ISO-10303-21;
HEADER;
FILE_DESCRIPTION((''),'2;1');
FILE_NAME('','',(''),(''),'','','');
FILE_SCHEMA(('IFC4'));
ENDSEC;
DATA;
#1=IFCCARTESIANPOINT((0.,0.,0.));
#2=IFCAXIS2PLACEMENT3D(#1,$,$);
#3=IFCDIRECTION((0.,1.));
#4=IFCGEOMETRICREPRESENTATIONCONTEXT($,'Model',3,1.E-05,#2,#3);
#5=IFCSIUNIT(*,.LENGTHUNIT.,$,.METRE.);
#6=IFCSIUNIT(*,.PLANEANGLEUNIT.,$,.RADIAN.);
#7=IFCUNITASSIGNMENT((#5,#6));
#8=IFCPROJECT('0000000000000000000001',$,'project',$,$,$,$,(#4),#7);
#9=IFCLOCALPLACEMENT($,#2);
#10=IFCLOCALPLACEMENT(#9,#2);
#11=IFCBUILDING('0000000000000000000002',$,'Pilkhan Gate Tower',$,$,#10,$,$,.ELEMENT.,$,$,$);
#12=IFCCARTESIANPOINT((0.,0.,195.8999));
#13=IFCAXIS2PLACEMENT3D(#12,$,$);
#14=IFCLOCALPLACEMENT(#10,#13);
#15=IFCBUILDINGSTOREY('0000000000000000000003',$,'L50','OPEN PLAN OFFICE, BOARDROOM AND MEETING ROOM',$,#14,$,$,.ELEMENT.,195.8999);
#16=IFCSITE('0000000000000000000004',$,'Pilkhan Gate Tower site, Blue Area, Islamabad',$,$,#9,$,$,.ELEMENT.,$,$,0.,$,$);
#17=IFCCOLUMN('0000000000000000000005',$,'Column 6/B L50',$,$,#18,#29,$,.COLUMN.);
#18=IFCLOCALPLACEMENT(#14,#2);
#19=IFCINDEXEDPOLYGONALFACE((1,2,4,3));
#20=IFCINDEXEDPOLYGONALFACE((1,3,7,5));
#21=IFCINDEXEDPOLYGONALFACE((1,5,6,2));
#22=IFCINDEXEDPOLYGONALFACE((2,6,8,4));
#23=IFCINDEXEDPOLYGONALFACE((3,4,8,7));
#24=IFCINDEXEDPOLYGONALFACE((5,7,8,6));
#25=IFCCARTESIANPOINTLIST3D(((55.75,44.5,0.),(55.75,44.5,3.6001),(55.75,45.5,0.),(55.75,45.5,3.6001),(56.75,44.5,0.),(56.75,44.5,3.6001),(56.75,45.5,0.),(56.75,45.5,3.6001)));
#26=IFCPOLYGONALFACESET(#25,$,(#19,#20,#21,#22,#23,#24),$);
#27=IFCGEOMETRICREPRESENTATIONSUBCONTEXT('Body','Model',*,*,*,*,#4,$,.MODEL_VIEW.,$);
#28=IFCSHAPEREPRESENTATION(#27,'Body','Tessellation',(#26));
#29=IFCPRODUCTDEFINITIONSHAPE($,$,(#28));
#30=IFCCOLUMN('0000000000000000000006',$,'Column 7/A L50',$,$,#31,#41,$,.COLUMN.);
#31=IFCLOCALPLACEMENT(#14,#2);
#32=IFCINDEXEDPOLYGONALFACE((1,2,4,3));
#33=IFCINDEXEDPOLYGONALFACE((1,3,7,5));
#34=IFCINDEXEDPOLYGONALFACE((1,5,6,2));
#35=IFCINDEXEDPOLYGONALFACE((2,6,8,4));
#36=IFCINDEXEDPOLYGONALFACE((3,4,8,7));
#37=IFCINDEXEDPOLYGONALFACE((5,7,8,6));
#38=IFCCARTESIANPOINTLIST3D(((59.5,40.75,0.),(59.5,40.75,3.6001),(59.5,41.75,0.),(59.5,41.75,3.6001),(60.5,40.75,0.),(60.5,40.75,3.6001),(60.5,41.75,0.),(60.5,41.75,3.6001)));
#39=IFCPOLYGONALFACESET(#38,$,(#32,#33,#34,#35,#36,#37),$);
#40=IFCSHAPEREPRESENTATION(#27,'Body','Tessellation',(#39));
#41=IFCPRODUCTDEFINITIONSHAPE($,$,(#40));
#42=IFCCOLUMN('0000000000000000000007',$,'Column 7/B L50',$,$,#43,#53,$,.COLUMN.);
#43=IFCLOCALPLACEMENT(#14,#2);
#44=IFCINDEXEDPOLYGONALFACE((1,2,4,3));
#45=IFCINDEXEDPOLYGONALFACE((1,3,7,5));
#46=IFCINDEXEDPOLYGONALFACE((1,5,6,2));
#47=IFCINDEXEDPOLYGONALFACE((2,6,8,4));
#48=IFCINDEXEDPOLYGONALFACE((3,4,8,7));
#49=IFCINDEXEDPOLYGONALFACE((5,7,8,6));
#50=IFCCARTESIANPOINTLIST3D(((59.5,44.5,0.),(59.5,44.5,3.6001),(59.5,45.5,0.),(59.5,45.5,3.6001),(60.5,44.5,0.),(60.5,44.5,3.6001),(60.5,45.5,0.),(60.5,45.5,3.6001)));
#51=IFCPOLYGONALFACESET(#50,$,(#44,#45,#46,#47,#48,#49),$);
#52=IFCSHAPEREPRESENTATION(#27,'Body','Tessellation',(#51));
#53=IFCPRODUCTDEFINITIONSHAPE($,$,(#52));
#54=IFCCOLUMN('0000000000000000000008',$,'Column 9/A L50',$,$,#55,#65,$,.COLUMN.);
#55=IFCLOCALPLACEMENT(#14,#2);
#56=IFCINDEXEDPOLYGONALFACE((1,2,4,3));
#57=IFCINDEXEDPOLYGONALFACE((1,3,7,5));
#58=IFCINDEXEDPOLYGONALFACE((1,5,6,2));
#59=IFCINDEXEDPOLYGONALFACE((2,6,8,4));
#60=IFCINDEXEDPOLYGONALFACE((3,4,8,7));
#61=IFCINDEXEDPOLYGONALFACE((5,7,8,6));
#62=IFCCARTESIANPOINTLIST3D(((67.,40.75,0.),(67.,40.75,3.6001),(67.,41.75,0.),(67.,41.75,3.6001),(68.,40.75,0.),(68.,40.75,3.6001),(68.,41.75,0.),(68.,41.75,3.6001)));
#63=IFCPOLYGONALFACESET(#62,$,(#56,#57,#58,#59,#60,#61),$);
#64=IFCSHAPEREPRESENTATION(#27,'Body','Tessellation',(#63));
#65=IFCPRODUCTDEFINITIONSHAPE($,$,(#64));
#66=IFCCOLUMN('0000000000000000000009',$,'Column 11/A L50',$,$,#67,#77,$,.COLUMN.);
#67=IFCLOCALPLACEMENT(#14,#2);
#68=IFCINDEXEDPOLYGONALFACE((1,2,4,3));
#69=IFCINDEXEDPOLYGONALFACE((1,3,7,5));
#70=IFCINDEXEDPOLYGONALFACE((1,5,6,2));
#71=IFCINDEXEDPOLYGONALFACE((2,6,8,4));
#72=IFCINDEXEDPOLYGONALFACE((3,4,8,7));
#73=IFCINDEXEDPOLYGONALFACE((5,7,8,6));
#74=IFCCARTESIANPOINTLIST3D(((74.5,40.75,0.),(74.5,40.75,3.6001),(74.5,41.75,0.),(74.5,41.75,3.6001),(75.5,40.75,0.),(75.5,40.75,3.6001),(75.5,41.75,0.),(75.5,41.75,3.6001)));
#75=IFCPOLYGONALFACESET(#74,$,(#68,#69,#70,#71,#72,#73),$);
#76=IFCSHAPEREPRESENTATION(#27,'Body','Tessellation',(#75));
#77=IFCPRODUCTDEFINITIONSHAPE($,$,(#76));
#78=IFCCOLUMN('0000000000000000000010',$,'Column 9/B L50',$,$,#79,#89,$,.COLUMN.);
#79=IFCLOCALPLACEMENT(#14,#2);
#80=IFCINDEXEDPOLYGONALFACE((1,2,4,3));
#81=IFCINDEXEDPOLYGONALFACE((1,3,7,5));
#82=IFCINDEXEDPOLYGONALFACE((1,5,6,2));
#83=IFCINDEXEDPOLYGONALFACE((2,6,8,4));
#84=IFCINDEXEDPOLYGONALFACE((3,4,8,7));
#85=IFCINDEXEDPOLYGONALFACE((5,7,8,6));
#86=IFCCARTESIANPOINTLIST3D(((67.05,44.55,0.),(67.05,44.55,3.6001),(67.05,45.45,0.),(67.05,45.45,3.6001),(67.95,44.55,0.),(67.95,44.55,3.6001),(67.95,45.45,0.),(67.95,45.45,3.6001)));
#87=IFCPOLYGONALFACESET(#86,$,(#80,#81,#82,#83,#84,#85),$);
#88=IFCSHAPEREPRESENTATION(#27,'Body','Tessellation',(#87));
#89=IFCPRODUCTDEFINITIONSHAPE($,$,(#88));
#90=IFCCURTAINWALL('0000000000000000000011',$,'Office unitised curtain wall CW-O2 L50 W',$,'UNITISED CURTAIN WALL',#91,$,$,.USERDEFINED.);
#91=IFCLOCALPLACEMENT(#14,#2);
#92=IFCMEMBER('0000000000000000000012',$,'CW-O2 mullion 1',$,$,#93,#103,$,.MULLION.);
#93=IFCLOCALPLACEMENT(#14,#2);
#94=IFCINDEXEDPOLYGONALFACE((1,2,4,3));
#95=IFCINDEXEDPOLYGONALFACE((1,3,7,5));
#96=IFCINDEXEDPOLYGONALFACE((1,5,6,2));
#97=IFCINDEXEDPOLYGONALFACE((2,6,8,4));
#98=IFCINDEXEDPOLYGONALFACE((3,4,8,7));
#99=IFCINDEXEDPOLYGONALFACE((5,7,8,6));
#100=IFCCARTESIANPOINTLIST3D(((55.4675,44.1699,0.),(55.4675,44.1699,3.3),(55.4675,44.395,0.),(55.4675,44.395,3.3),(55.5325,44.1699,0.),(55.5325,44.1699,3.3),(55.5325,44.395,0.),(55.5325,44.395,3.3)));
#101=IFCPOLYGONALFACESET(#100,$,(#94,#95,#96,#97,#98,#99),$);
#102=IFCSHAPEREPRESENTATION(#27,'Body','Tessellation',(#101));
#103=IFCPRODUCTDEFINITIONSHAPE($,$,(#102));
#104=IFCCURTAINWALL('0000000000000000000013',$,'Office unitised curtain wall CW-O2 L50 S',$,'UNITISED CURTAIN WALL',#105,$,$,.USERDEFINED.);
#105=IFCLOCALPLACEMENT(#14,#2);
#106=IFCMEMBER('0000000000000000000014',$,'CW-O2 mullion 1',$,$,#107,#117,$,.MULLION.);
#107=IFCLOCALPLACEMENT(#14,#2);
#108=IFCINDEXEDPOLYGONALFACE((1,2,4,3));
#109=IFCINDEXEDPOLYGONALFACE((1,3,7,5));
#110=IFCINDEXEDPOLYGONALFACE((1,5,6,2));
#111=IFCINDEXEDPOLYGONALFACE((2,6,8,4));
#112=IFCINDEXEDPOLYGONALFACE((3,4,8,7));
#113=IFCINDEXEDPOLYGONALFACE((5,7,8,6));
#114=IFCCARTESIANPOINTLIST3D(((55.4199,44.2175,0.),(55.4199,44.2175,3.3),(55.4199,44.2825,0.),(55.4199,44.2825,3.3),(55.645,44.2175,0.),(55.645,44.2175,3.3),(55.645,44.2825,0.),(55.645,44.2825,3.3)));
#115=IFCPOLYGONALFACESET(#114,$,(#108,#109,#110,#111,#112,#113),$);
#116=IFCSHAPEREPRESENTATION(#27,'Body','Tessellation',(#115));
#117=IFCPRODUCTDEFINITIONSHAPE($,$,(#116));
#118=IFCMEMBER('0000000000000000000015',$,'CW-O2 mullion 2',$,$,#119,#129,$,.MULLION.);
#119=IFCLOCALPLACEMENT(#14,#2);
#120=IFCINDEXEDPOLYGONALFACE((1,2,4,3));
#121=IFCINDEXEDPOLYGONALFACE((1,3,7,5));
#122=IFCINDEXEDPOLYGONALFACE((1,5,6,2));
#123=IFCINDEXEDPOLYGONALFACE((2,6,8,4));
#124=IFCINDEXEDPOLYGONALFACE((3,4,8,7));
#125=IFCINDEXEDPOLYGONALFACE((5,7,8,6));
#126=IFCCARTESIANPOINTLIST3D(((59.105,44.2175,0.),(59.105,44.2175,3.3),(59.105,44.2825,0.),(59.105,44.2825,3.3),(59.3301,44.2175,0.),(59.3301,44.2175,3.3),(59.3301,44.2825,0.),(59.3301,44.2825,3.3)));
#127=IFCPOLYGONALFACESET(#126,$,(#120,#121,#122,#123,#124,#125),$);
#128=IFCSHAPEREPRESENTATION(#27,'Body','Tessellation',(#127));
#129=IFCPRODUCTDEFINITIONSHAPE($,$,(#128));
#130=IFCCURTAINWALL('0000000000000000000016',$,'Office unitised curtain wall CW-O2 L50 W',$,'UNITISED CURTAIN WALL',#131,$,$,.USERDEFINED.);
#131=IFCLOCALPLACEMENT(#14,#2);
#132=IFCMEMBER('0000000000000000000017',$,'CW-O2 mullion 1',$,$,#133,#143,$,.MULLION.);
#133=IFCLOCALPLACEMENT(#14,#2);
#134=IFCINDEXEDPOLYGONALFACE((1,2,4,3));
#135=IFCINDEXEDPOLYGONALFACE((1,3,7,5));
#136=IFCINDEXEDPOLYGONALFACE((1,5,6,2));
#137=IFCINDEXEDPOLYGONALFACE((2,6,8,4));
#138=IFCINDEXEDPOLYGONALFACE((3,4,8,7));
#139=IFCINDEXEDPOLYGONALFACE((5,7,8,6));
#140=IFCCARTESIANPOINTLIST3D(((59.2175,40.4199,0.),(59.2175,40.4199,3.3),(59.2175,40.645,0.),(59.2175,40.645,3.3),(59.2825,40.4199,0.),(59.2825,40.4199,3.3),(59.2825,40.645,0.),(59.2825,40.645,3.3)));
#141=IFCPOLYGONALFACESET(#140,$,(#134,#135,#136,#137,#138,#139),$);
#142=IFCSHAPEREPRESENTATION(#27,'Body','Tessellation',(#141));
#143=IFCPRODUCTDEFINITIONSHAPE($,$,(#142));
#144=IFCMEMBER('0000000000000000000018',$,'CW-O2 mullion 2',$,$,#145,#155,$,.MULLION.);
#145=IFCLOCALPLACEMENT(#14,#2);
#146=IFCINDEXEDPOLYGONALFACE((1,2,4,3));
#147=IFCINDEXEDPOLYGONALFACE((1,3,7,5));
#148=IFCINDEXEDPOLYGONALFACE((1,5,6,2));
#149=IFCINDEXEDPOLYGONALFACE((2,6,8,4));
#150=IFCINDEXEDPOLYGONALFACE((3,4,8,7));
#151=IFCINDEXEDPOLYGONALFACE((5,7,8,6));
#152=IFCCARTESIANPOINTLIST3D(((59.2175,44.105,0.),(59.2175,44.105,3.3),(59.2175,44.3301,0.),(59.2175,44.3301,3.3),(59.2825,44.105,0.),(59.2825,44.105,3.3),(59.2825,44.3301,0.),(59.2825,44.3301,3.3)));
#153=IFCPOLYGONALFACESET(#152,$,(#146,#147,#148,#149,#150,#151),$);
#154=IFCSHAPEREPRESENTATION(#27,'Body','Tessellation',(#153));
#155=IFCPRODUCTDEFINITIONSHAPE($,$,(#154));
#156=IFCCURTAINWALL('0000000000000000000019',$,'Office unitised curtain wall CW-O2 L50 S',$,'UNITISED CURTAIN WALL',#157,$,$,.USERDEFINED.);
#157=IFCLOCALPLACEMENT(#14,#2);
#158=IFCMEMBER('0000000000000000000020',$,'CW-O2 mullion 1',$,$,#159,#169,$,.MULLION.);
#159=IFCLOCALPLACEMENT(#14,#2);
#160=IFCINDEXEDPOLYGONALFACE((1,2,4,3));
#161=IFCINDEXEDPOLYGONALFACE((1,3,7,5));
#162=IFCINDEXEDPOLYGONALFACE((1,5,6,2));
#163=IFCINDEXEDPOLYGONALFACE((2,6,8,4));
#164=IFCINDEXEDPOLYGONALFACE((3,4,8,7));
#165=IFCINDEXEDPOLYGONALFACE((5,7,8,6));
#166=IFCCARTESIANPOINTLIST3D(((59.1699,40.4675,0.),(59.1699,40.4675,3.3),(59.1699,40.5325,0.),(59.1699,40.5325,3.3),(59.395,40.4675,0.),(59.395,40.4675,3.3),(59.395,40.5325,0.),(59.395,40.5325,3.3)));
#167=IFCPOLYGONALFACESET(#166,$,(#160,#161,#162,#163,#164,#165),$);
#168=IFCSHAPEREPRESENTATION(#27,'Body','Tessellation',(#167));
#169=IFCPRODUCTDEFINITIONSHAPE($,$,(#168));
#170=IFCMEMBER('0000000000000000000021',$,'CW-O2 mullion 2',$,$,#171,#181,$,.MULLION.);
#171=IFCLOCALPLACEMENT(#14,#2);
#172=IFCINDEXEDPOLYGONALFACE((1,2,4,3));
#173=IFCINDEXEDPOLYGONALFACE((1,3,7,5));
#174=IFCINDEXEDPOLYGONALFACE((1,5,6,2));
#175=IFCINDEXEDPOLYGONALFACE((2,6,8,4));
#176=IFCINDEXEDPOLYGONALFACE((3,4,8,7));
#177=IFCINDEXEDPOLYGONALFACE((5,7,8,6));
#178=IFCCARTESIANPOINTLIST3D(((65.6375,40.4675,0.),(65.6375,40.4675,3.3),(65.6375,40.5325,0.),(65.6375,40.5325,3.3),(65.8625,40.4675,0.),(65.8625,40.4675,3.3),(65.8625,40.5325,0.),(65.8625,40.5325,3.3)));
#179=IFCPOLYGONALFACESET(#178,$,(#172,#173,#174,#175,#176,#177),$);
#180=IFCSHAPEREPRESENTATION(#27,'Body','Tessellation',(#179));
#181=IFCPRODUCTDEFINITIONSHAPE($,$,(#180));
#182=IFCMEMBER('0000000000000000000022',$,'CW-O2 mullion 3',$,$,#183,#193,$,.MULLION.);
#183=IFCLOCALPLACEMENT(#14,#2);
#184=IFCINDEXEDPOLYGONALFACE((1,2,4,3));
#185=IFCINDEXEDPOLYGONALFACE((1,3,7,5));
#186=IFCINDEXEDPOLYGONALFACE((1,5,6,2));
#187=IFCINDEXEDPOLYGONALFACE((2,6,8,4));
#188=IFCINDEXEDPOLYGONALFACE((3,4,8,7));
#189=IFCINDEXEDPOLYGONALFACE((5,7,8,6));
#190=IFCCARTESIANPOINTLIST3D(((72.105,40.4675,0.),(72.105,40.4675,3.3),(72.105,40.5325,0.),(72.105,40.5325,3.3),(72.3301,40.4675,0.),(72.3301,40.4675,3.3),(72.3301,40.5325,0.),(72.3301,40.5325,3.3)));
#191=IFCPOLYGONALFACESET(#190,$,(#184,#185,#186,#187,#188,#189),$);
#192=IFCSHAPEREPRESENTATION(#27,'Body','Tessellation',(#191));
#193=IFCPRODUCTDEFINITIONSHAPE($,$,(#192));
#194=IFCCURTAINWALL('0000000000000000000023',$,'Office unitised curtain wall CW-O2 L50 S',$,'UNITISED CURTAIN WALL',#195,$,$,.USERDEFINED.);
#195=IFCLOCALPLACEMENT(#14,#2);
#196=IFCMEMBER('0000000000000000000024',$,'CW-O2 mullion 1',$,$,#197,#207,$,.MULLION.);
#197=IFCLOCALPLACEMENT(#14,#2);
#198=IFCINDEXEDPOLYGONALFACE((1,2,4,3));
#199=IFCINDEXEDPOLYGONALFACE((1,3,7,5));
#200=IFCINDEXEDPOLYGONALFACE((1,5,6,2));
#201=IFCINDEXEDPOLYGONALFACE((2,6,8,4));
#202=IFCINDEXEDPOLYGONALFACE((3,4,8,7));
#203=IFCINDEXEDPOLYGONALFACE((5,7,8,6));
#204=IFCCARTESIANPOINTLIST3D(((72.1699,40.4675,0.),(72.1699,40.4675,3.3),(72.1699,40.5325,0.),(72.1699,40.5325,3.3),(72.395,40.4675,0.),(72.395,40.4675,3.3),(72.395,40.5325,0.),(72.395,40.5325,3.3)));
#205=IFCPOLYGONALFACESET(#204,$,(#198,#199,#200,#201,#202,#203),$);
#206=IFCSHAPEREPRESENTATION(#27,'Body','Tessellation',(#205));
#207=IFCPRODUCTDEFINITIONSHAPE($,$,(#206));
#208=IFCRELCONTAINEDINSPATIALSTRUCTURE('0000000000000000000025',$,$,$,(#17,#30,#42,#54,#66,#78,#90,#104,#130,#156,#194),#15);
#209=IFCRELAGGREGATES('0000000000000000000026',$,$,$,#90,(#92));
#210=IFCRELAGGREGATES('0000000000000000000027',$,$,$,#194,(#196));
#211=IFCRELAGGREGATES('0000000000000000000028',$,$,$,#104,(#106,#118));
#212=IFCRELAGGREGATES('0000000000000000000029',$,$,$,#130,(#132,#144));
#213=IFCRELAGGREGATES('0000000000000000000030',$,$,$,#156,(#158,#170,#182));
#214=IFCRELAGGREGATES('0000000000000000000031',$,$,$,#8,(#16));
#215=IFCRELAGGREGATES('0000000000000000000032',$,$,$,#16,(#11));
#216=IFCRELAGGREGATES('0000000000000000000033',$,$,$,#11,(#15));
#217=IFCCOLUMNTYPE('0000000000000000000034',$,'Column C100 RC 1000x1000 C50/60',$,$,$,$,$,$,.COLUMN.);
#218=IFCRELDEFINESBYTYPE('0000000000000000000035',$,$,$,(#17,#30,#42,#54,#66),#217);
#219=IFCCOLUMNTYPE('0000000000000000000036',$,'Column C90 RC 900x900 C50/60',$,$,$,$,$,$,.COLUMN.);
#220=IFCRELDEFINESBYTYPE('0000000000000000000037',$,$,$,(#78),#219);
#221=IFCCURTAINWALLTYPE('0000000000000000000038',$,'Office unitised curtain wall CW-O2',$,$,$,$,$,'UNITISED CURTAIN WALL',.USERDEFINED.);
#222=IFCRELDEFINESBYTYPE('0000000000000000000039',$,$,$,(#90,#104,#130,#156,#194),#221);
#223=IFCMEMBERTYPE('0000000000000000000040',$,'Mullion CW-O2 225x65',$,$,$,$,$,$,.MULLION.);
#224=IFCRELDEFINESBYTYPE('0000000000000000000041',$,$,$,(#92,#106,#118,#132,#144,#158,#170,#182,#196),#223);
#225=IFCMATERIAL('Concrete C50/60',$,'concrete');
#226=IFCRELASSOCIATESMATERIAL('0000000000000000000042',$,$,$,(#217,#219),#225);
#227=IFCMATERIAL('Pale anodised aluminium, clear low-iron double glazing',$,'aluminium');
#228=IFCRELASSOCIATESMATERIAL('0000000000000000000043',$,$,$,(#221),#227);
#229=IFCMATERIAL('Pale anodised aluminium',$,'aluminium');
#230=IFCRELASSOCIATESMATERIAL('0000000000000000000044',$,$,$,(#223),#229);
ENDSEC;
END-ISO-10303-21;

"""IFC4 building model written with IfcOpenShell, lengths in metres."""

from ifc_helpers import new_model, si_unit, direction, frame, origin, origin_2d, place, context, subcontext, project, spatial, rectangle, extrude, material, material_profile, profile_set, type_object, element, aggregate, save


model = new_model("IFC4")

# Units and contexts
model_context = context("Model", 3, precision=1e-05, world=origin(), true_north=direction((0.0, 1.0)))
body_context = subcontext(model_context, "Body", "Model", "MODEL_VIEW")
ifc_project = project(units=[si_unit("LENGTHUNIT", "METRE"), si_unit("PLANEANGLEUNIT", "RADIAN")], contexts=[model_context])

# Site, building, storey
site_placement = place(None, origin())
site = spatial("IfcSite", under=ifc_project, at=site_placement, Name="Pilkhan Gate Tower site, Blue Area, Islamabad", CompositionType="ELEMENT", RefElevation=0.0)
building_placement = place(site_placement, origin())
building = spatial("IfcBuilding", under=site, at=building_placement, Name="Pilkhan Gate Tower", CompositionType="ELEMENT")
storey_placement = place(building_placement, frame((0.0, 0.0, 195.8999)))
storey = spatial("IfcBuildingStorey", under=building, at=storey_placement, Name="L50", Description="OPEN PLAN OFFICE, BOARDROOM AND MEETING ROOM", CompositionType="ELEMENT", Elevation=195.8999)

# Columns
ifc_material_1 = material(Name="Concrete C50/60", Category="concrete")
ifc_material_profile_1 = material_profile(ifc_material_1, rectangle(XDim=1.0, YDim=1.0, at=origin_2d()), Name="RC 1000x1000")
ifc_profile_set_1 = profile_set([ifc_material_profile_1], Name="Concrete C50/60")
column_type_1 = type_object("IfcColumnType", Name="Column C100 RC 1000x1000 C50/60", PredefinedType="COLUMN", material=ifc_profile_set_1)
for number, where, z_axis, x_axis, name in (
    (1, (56.25, 45.0, 0.0), (0.0, 0.0, 1.0), (1.0, 0.0, 0.0), "Column 6/B L50"),
    (2, (60.0, 41.25, 0.0), (0.0, 0.0, 1.0), (1.0, 0.0, 0.0), "Column 7/A L50"),
    (3, (60.0, 45.0, 0.0), (0.0, 0.0, 1.0), (1.0, 0.0, 0.0), "Column 7/B L50"),
    (4, (67.5, 41.25, 0.0), (0.0, 0.0, 1.0), (1.0, 0.0, 0.0), "Column 9/A L50"),
    (5, (75.0, 41.25, 0.0), (0.0, 0.0, 1.0), (1.0, 0.0, 0.0), "Column 11/A L50"),
):
    element("IfcColumn", number, at=place(storey_placement, frame(where, z_axis=z_axis, x_axis=x_axis)), inside=storey, type_object=column_type_1, Name=name, PredefinedType="COLUMN", context=body_context, shape_type="SweptSolid", body=[
        extrude(rectangle(XDim=1.0, YDim=1.0, at=origin_2d()), origin(), (0.0, 0.0, 1.0), 3.6001),
    ])
ifc_material_profile_2 = material_profile(ifc_material_1, rectangle(XDim=0.8999, YDim=0.8999, at=origin_2d()), Name="RC 900x900")
ifc_profile_set_2 = profile_set([ifc_material_profile_2], Name="Concrete C50/60")
column_type_2 = type_object("IfcColumnType", Name="Column C90 RC 900x900 C50/60", PredefinedType="COLUMN", material=ifc_profile_set_2)
column_placement = place(storey_placement, frame((67.5, 45.0, 0.0), z_axis=(0.0, 0.0, 1.0), x_axis=(1.0, 0.0, 0.0)))
element("IfcColumn", 6, at=column_placement, inside=storey, type_object=column_type_2, Name="Column 9/B L50", PredefinedType="COLUMN", context=body_context, shape_type="SweptSolid", body=[
    extrude(rectangle(XDim=0.8999, YDim=0.8999, at=origin_2d()), origin(), (0.0, 0.0, 1.0), 3.6001),
])

# Curtain wall, member
ifc_material_2 = material(Name="Pale anodised aluminium, clear low-iron double glazing", Category="aluminium")
curtain_wall_type = type_object("IfcCurtainWallType", Name="Office unitised curtain wall CW-O2", ElementType="UNITISED CURTAIN WALL", PredefinedType="USERDEFINED", material=ifc_material_2)
curtain_wall_1_placement = place(storey_placement, origin())
curtain_wall_1 = element("IfcCurtainWall", 7, at=curtain_wall_1_placement, inside=storey, type_object=curtain_wall_type, Name="Office unitised curtain wall CW-O2 L50 W", ObjectType="UNITISED CURTAIN WALL", PredefinedType="USERDEFINED")
ifc_material_3 = material(Name="Pale anodised aluminium", Category="aluminium")
ifc_material_profile_3 = material_profile(ifc_material_3, rectangle(XDim=0.0649, YDim=0.2251, at=origin_2d()), Name="Mullion 225x65")
ifc_profile_set_3 = profile_set([ifc_material_profile_3], Name="Pale anodised aluminium")
member_type_1 = type_object("IfcMemberType", Name="Mullion CW-O2 225x65", PredefinedType="MULLION", material=ifc_profile_set_3)
member_1_placement = place(storey_placement, frame((55.5, 44.2825, 0.0), z_axis=(0.0, 0.0, 1.0), x_axis=(-1.0, 0.0, 0.0)))
member_1 = element("IfcMember", 8, at=member_1_placement, type_object=member_type_1, Name="CW-O2 mullion 1", PredefinedType="MULLION", context=body_context, shape_type="SweptSolid", body=[
    extrude(rectangle(XDim=0.0649, YDim=0.2251, at=origin_2d()), origin(), (0.0, 0.0, 1.0), 3.3),
])

# Curtain walls, members
curtain_wall_2_placement = place(storey_placement, origin())
curtain_wall_2 = element("IfcCurtainWall", 9, at=curtain_wall_2_placement, inside=storey, type_object=curtain_wall_type, Name="Office unitised curtain wall CW-O2 L50 S", ObjectType="UNITISED CURTAIN WALL", PredefinedType="USERDEFINED")
member_2_placement = place(storey_placement, frame((55.5325, 44.25, 0.0), z_axis=(0.0, 0.0, 1.0), x_axis=(0.0, 1.0, 0.0)))
member_2 = element("IfcMember", 10, at=member_2_placement, type_object=member_type_1, Name="CW-O2 mullion 1", PredefinedType="MULLION", context=body_context, shape_type="SweptSolid", body=[
    extrude(rectangle(XDim=0.0649, YDim=0.2251, at=origin_2d()), origin(), (0.0, 0.0, 1.0), 3.3),
])
member_3_placement = place(storey_placement, frame((59.2175, 44.25, 0.0), z_axis=(0.0, 0.0, 1.0), x_axis=(0.0, 1.0, 0.0)))
member_3 = element("IfcMember", 11, at=member_3_placement, type_object=member_type_1, Name="CW-O2 mullion 2", PredefinedType="MULLION", context=body_context, shape_type="SweptSolid", body=[
    extrude(rectangle(XDim=0.0649, YDim=0.2251, at=origin_2d()), origin(), (0.0, 0.0, 1.0), 3.3),
])
curtain_wall_3_placement = place(storey_placement, origin())
curtain_wall_3 = element("IfcCurtainWall", 12, at=curtain_wall_3_placement, inside=storey, type_object=curtain_wall_type, Name="Office unitised curtain wall CW-O2 L50 W", ObjectType="UNITISED CURTAIN WALL", PredefinedType="USERDEFINED")
member_4_placement = place(storey_placement, frame((59.25, 40.5325, 0.0), z_axis=(0.0, 0.0, 1.0), x_axis=(-1.0, 0.0, 0.0)))
member_4 = element("IfcMember", 13, at=member_4_placement, type_object=member_type_1, Name="CW-O2 mullion 1", PredefinedType="MULLION", context=body_context, shape_type="SweptSolid", body=[
    extrude(rectangle(XDim=0.0649, YDim=0.2251, at=origin_2d()), origin(), (0.0, 0.0, 1.0), 3.3),
])
member_5_placement = place(storey_placement, frame((59.25, 44.2175, 0.0), z_axis=(0.0, 0.0, 1.0), x_axis=(-1.0, 0.0, 0.0)))
member_5 = element("IfcMember", 14, at=member_5_placement, type_object=member_type_1, Name="CW-O2 mullion 2", PredefinedType="MULLION", context=body_context, shape_type="SweptSolid", body=[
    extrude(rectangle(XDim=0.0649, YDim=0.2251, at=origin_2d()), origin(), (0.0, 0.0, 1.0), 3.3),
])
curtain_wall_4_placement = place(storey_placement, origin())
curtain_wall_4 = element("IfcCurtainWall", 15, at=curtain_wall_4_placement, inside=storey, type_object=curtain_wall_type, Name="Office unitised curtain wall CW-O2 L50 S", ObjectType="UNITISED CURTAIN WALL", PredefinedType="USERDEFINED")
member_6_placement = place(storey_placement, frame((59.2825, 40.5, 0.0), z_axis=(0.0, 0.0, 1.0), x_axis=(0.0, 1.0, 0.0)))
member_6 = element("IfcMember", 16, at=member_6_placement, type_object=member_type_1, Name="CW-O2 mullion 1", PredefinedType="MULLION", context=body_context, shape_type="SweptSolid", body=[
    extrude(rectangle(XDim=0.0649, YDim=0.2251, at=origin_2d()), origin(), (0.0, 0.0, 1.0), 3.3),
])
member_7_placement = place(storey_placement, frame((65.75, 40.5, 0.0), z_axis=(0.0, 0.0, 1.0), x_axis=(0.0, 1.0, 0.0)))
member_7 = element("IfcMember", 17, at=member_7_placement, type_object=member_type_1, Name="CW-O2 mullion 2", PredefinedType="MULLION", context=body_context, shape_type="SweptSolid", body=[
    extrude(rectangle(XDim=0.0649, YDim=0.2251, at=origin_2d()), origin(), (0.0, 0.0, 1.0), 3.3),
])
member_8_placement = place(storey_placement, frame((72.2175, 40.5, 0.0), z_axis=(0.0, 0.0, 1.0), x_axis=(0.0, 1.0, 0.0)))
member_8 = element("IfcMember", 18, at=member_8_placement, type_object=member_type_1, Name="CW-O2 mullion 3", PredefinedType="MULLION", context=body_context, shape_type="SweptSolid", body=[
    extrude(rectangle(XDim=0.0649, YDim=0.2251, at=origin_2d()), origin(), (0.0, 0.0, 1.0), 3.3),
])

# Curtain wall, member
curtain_wall_5_placement = place(storey_placement, origin())
curtain_wall_5 = element("IfcCurtainWall", 19, at=curtain_wall_5_placement, inside=storey, type_object=curtain_wall_type, Name="Office unitised curtain wall CW-O2 L50 S", ObjectType="UNITISED CURTAIN WALL", PredefinedType="USERDEFINED")
member_9_placement = place(storey_placement, frame((72.2825, 40.5, 0.0), z_axis=(0.0, 0.0, 1.0), x_axis=(0.0, 1.0, 0.0)))
member_9 = element("IfcMember", 20, at=member_9_placement, type_object=member_type_1, Name="CW-O2 mullion 1", PredefinedType="MULLION", context=body_context, shape_type="SweptSolid", body=[
    extrude(rectangle(XDim=0.0649, YDim=0.2251, at=origin_2d()), origin(), (0.0, 0.0, 1.0), 3.3),
])

aggregate(curtain_wall_1, [member_1])
aggregate(curtain_wall_5, [member_9])

aggregate(curtain_wall_2, [member_2, member_3])
aggregate(curtain_wall_3, [member_4, member_5])
aggregate(curtain_wall_4, [member_6, member_7, member_8])

save(model, "model.ifc")
